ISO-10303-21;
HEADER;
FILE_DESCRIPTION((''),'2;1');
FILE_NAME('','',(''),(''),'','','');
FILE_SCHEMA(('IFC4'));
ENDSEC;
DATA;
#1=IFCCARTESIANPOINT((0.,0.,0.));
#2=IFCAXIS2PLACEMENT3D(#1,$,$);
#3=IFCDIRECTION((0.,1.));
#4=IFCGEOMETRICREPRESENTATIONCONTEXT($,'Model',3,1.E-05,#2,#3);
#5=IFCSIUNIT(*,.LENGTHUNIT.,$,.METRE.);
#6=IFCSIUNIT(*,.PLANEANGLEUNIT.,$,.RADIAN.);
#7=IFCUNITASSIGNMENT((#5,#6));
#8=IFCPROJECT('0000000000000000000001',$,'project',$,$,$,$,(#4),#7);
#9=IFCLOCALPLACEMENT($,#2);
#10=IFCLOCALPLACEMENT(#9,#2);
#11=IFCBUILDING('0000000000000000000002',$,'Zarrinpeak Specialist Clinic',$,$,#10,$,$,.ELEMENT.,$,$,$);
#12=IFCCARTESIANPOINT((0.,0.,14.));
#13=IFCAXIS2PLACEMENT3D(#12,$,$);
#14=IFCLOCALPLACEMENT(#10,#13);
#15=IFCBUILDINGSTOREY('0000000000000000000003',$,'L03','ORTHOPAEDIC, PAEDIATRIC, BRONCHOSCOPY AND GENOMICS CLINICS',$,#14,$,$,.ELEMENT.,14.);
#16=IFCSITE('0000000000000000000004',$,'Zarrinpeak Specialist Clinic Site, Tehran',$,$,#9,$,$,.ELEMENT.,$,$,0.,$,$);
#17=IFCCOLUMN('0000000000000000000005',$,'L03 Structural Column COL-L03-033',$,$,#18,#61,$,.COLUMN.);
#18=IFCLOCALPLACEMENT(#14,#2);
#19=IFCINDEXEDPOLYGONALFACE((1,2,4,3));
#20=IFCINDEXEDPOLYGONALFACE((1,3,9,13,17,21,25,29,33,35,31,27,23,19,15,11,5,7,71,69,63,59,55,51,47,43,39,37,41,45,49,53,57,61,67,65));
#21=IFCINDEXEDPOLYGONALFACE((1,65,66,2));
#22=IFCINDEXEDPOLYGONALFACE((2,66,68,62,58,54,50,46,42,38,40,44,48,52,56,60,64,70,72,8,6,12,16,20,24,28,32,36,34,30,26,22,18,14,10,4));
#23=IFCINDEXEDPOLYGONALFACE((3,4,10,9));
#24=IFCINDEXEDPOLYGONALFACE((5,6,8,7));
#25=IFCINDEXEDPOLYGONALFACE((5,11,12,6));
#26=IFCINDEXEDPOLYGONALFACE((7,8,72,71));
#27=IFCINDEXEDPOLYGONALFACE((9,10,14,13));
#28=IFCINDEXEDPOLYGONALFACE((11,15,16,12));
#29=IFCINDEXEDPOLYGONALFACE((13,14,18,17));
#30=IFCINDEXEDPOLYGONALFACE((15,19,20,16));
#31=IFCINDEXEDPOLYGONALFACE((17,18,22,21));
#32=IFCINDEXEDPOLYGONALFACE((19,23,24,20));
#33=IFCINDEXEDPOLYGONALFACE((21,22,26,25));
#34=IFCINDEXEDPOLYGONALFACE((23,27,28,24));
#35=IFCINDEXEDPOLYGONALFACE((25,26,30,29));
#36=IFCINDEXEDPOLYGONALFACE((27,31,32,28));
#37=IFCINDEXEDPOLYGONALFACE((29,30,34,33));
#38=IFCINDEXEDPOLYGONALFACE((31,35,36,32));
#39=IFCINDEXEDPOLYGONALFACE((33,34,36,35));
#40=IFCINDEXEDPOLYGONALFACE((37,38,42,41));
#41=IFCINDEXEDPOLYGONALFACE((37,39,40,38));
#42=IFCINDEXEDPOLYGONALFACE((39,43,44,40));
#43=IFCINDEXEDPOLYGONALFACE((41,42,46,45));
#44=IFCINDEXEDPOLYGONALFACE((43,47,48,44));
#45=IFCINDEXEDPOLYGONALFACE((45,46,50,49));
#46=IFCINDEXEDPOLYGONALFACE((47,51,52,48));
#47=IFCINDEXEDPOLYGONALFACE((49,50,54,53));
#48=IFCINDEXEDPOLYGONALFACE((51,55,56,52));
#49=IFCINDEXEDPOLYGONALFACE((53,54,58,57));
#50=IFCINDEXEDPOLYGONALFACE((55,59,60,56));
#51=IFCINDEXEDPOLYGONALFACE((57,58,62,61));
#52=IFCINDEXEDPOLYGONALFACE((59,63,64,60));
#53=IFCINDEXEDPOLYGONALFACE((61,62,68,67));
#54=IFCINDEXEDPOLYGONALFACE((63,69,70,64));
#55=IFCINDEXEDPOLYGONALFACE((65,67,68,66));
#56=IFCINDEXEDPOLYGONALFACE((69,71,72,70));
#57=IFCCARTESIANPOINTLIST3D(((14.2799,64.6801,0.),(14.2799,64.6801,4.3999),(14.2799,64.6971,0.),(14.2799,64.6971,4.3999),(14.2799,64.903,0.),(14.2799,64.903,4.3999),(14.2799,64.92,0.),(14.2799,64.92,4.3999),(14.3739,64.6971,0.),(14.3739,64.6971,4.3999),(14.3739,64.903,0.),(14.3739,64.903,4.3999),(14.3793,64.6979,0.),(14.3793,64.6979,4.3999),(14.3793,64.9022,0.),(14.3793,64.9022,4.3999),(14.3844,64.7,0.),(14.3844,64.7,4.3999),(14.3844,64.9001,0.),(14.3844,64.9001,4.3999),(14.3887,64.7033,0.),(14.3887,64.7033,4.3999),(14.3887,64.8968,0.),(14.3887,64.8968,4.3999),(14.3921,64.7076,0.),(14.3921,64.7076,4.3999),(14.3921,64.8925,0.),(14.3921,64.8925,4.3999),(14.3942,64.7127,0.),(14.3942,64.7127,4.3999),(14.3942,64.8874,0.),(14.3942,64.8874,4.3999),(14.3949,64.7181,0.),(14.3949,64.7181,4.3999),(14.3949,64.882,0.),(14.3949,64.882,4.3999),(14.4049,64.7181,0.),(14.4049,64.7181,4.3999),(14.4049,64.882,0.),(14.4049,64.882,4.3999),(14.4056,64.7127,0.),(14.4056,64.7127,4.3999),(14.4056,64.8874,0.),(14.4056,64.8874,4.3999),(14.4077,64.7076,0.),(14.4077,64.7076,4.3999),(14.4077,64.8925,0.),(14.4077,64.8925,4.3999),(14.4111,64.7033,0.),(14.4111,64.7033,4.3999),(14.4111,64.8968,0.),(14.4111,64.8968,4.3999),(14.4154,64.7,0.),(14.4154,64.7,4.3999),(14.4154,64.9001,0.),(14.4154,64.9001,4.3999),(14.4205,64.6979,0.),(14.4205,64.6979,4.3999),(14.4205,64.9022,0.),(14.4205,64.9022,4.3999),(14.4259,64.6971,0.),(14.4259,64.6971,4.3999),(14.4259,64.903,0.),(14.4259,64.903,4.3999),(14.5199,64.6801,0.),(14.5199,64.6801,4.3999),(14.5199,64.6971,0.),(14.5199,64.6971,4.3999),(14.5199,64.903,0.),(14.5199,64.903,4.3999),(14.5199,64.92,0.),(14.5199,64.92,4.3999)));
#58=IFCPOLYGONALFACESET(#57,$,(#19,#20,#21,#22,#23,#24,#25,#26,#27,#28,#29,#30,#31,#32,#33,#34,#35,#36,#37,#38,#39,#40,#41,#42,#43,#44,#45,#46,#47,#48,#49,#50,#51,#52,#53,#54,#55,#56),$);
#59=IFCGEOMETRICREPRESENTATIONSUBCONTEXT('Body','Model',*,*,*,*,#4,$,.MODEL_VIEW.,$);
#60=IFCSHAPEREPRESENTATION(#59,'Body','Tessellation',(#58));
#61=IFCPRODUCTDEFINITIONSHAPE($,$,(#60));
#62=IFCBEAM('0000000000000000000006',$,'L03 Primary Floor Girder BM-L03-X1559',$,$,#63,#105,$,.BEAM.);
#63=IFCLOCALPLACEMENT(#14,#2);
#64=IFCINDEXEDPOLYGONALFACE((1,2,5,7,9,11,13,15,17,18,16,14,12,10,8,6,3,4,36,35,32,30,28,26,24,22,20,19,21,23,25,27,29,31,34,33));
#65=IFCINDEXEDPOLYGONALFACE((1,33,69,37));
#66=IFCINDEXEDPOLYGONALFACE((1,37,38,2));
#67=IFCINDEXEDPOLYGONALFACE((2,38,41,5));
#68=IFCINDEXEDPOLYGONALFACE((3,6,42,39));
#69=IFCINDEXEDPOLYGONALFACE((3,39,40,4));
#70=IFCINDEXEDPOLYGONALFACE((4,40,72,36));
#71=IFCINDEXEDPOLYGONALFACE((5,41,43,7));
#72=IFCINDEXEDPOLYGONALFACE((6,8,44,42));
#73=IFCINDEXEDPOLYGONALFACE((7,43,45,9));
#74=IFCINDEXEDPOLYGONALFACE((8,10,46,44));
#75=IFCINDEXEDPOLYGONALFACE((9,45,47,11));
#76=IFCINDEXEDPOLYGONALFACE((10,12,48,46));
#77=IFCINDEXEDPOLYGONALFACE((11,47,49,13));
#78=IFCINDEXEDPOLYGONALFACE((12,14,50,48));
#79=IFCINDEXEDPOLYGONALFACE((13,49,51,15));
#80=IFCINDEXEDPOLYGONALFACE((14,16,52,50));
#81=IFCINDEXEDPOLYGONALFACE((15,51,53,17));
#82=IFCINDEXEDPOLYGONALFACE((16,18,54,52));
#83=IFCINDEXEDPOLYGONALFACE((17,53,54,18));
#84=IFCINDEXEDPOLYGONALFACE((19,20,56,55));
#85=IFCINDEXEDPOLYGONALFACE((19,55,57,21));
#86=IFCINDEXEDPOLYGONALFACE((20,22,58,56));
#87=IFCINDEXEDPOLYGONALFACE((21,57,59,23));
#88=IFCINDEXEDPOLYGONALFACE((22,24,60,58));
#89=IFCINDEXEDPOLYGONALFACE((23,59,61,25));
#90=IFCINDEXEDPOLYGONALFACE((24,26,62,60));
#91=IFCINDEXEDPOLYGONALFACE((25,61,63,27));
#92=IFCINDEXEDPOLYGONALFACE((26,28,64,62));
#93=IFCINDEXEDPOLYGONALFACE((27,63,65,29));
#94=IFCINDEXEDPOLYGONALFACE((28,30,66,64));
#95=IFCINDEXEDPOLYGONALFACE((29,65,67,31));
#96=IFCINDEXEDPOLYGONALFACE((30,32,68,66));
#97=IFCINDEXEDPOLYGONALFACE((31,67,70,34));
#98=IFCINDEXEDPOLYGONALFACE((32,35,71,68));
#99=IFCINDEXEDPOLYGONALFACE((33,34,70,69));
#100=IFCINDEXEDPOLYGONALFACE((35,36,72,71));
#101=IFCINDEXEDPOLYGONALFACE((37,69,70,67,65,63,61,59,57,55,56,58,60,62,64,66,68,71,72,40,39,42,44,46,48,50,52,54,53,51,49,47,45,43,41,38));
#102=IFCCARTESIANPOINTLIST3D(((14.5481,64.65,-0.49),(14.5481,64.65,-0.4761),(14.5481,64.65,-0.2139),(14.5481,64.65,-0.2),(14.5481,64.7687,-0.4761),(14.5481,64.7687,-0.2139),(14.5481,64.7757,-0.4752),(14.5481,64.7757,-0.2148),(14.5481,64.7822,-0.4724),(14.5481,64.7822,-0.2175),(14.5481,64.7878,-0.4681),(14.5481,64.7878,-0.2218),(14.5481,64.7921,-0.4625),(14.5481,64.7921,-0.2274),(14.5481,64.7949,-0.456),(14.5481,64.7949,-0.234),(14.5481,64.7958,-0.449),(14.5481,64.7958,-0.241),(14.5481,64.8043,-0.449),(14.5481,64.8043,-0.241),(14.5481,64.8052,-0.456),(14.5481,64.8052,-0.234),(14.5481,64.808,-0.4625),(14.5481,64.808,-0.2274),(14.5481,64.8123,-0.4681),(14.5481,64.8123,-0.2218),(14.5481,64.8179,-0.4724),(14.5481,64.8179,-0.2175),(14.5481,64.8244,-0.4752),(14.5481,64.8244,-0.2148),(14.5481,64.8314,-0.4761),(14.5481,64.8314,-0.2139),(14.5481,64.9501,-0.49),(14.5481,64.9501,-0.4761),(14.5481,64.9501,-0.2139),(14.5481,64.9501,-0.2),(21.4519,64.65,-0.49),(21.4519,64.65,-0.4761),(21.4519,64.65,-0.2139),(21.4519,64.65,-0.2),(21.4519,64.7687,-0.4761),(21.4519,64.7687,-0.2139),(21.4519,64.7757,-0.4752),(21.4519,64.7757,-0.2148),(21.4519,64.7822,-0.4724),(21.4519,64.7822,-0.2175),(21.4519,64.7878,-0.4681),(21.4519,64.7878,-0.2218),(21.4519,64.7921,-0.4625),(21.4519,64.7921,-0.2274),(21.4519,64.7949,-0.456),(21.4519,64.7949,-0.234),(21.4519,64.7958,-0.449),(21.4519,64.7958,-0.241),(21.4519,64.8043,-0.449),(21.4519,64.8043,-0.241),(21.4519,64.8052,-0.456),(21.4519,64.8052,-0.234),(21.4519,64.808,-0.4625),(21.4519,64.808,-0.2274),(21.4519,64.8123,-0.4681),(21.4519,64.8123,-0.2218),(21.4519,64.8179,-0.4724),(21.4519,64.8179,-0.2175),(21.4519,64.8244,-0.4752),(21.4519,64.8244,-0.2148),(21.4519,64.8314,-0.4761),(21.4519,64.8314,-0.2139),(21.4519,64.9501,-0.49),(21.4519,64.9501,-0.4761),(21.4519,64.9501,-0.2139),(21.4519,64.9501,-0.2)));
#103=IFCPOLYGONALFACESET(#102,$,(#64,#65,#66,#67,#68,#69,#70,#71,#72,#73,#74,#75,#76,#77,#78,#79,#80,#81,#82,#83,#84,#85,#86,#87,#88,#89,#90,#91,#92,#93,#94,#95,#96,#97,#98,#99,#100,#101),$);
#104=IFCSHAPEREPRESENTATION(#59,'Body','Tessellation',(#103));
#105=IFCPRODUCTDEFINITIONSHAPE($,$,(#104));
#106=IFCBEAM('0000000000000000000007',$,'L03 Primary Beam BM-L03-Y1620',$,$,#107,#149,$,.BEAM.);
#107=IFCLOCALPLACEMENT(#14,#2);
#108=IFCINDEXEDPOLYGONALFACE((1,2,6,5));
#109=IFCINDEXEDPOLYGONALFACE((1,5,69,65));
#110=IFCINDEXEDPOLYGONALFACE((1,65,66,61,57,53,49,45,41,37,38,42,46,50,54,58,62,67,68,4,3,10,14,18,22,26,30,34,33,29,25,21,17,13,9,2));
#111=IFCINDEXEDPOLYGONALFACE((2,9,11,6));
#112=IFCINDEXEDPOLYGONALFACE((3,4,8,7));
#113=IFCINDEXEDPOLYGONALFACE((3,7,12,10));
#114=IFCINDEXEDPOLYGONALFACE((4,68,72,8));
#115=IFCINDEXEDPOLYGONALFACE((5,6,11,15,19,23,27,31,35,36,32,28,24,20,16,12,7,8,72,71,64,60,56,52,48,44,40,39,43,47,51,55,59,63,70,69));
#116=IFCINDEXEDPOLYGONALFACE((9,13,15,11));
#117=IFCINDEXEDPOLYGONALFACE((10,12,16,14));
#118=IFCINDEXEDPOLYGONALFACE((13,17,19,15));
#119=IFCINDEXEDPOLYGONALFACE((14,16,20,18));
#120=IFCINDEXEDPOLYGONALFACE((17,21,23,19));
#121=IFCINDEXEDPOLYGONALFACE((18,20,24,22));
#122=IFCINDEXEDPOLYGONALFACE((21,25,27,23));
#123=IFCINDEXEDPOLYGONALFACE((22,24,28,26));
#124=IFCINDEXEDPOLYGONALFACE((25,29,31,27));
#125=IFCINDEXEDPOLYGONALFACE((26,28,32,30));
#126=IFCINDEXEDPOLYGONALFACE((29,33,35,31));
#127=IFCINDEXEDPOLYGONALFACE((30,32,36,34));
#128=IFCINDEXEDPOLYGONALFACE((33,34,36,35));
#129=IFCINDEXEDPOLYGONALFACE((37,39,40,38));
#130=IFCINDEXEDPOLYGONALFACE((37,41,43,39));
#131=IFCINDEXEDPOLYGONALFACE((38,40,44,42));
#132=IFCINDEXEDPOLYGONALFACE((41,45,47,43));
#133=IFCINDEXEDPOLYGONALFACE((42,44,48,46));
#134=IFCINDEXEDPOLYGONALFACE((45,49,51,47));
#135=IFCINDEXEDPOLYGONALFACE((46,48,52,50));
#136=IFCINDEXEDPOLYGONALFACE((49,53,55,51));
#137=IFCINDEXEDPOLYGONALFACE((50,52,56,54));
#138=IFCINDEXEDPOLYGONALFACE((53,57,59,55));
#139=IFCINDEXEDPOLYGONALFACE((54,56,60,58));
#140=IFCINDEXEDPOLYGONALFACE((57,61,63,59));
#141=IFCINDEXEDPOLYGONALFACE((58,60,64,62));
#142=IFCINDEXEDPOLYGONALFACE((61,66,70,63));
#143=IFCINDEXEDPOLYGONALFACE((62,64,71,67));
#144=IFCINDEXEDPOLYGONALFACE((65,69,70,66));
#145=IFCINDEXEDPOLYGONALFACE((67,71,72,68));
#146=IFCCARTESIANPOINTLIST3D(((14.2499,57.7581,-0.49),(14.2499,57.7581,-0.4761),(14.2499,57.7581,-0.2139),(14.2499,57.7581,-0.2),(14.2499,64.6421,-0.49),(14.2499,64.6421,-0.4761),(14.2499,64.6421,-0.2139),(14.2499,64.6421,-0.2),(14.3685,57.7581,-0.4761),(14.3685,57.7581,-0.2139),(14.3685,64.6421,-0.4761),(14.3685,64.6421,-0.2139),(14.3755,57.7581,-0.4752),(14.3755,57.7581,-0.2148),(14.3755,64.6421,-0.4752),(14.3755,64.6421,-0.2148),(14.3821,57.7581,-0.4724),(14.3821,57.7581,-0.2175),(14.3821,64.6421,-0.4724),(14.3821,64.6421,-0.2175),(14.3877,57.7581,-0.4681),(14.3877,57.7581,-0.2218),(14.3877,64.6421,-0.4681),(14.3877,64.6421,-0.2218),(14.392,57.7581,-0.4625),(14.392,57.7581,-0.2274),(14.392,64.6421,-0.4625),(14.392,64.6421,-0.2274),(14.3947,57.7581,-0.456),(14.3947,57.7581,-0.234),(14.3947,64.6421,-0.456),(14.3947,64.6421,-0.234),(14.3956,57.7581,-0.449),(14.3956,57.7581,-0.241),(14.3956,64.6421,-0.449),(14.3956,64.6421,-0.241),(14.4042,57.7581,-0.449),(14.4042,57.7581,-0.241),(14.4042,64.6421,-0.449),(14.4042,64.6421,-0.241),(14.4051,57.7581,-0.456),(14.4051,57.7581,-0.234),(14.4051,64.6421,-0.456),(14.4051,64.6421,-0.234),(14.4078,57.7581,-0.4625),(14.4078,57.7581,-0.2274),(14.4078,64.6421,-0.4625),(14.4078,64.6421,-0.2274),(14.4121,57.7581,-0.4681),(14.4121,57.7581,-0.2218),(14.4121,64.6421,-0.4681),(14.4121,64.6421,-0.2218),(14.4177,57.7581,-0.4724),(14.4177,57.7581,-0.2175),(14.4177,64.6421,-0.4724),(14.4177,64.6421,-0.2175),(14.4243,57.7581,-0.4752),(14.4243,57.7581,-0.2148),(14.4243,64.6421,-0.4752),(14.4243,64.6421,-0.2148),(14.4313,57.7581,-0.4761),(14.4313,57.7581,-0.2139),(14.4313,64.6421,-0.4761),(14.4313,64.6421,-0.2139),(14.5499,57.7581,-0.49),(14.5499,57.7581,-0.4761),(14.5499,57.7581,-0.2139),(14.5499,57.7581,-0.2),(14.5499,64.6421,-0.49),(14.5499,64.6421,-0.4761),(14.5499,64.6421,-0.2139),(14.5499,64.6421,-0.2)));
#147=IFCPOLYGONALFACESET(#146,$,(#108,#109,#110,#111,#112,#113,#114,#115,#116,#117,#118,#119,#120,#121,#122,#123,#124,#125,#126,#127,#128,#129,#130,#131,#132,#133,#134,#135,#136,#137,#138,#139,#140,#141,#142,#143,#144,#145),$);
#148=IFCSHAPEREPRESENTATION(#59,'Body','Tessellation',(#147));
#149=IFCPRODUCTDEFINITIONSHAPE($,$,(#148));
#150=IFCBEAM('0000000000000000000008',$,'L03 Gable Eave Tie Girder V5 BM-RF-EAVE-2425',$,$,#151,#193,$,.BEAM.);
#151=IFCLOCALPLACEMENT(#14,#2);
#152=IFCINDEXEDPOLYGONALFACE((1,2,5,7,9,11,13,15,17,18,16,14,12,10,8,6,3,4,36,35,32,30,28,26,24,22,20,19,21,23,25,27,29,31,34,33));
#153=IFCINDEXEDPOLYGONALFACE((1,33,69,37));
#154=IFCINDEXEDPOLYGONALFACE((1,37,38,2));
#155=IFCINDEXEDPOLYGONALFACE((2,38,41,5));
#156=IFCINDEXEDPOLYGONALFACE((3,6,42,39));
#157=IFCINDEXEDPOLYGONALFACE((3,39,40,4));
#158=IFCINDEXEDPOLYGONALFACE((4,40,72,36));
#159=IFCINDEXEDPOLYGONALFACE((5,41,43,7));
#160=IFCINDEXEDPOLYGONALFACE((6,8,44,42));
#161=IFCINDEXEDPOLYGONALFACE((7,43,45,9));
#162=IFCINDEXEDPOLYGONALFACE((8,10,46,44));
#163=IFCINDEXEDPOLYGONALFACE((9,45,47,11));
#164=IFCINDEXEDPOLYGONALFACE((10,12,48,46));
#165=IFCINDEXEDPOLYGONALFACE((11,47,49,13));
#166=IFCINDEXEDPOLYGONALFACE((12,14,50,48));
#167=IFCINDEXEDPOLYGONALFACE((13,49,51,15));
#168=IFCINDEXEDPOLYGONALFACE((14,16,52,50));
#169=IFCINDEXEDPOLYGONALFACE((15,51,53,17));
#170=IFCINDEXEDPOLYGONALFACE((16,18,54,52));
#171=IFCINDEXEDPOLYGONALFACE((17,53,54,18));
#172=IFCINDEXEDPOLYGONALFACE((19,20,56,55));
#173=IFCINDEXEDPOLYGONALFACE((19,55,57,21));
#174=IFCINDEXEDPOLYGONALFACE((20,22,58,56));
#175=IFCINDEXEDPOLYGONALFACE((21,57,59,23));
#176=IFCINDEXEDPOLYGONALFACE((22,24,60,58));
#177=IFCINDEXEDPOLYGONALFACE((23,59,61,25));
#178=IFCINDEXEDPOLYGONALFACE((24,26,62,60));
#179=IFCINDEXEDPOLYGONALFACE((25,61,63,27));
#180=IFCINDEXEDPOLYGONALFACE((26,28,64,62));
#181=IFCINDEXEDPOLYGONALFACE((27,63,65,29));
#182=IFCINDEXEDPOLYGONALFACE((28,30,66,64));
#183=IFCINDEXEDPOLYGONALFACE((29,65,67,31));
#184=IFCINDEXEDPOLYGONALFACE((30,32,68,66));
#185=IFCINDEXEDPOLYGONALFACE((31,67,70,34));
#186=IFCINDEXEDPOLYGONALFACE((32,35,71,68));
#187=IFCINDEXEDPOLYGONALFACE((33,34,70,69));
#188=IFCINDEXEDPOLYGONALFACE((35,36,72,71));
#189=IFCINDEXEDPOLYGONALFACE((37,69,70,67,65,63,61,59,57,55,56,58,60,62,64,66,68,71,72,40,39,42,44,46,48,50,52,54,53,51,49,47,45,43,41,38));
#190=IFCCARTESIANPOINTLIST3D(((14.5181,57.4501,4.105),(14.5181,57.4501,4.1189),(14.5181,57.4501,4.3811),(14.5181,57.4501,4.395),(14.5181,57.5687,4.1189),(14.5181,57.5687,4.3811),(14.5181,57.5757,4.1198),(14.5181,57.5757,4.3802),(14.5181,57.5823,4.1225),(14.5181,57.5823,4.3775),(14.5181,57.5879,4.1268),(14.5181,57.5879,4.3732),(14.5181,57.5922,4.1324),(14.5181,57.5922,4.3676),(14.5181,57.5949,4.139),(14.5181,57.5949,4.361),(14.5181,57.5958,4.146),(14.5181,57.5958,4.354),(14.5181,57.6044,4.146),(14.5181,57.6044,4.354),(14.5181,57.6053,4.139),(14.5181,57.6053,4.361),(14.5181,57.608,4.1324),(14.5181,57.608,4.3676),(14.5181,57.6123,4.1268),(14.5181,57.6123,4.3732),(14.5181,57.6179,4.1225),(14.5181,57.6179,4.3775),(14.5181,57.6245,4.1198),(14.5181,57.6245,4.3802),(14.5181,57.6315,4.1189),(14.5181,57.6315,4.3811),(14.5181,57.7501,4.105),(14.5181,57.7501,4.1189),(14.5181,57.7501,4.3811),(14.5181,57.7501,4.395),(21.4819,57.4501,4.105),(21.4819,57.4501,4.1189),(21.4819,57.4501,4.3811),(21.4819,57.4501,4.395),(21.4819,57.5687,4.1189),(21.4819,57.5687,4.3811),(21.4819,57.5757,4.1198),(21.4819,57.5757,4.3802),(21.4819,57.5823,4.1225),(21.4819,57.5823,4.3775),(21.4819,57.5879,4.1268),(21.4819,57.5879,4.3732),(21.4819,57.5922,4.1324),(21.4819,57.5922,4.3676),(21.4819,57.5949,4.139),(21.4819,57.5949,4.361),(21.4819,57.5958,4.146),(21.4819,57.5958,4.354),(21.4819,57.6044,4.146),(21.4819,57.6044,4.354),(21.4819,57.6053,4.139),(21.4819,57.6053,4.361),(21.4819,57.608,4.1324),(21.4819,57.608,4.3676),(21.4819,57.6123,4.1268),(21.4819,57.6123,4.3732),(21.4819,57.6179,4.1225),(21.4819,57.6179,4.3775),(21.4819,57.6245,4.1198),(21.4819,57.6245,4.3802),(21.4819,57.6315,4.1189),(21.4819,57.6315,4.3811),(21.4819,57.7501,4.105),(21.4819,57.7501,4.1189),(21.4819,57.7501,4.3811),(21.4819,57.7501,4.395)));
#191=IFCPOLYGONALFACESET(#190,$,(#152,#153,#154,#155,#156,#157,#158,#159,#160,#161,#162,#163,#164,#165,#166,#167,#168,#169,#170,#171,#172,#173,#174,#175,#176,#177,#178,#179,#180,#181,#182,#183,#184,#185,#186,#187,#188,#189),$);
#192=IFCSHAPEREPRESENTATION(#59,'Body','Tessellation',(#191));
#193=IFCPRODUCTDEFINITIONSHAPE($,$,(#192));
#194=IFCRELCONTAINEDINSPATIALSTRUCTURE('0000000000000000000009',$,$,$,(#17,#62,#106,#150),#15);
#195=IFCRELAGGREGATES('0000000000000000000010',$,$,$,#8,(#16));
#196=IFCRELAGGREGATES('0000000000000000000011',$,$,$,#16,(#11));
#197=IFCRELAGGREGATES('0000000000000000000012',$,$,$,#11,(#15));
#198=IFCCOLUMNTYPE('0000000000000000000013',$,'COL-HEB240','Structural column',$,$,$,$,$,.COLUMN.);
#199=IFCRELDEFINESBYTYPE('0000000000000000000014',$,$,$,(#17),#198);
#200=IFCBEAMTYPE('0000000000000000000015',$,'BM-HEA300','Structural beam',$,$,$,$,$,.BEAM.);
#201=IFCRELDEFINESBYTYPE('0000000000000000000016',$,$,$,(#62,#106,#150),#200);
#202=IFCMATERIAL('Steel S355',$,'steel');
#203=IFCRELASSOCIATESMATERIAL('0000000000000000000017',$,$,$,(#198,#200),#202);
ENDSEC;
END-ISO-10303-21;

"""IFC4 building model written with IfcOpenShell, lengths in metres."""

from ifc_helpers import new_model, si_unit, direction, frame, origin, origin_2d, place, context, subcontext, project, spatial, i_section, extrude, material, material_profile, profile_set, type_object, element, save


model = new_model("IFC4")

# Units and contexts
model_context = context("Model", 3, precision=1e-05, world=origin(), true_north=direction((0.0, 1.0)))
body_context = subcontext(model_context, "Body", "Model", "MODEL_VIEW")
ifc_project = project(units=[si_unit("LENGTHUNIT", "METRE"), si_unit("PLANEANGLEUNIT", "RADIAN")], contexts=[model_context])

# Site, building, storey
site_placement = place(None, origin())
site = spatial("IfcSite", under=ifc_project, at=site_placement, Name="Zarrinpeak Specialist Clinic Site, Tehran", CompositionType="ELEMENT", RefElevation=0.0)
building_placement = place(site_placement, origin())
building = spatial("IfcBuilding", under=site, at=building_placement, Name="Zarrinpeak Specialist Clinic", CompositionType="ELEMENT")
storey_placement = place(building_placement, frame((0.0, 0.0, 14.0)))
storey = spatial("IfcBuildingStorey", under=building, at=storey_placement, Name="L03", Description="ORTHOPAEDIC, PAEDIATRIC, BRONCHOSCOPY AND GENOMICS CLINICS", CompositionType="ELEMENT", Elevation=14.0)

# Column
ifc_material_1 = material(Name="Steel S355", Category="steel")
ifc_material_profile_1 = material_profile(ifc_material_1, i_section(OverallWidth=0.24, OverallDepth=0.24, WebThickness=0.01, FlangeThickness=0.0171, FilletRadius=0.021, at=origin_2d()), Name="HEB 240")
ifc_profile_set_1 = profile_set([ifc_material_profile_1], Name="Steel S355")
column_type = type_object("IfcColumnType", Name="COL-HEB240", Description="Structural column", PredefinedType="COLUMN", material=ifc_profile_set_1)
column_placement = place(storey_placement, frame((14.3999, 64.8, 0.0), z_axis=(0.0, 0.0, 1.0), x_axis=(1.0, 0.0, 0.0)))
element("IfcColumn", 1, at=column_placement, inside=storey, type_object=column_type, Name="L03 Structural Column COL-L03-033", PredefinedType="COLUMN", context=body_context, shape_type="SweptSolid", body=[
    extrude(i_section(OverallWidth=0.24, OverallDepth=0.24, WebThickness=0.01, FlangeThickness=0.0171, FilletRadius=0.021, at=origin_2d()), origin(), (0.0, 0.0, 1.0), 4.3999),
])

# Beams
ifc_material_profile_2 = material_profile(ifc_material_1, i_section(OverallWidth=0.3, OverallDepth=0.29, WebThickness=0.0085, FlangeThickness=0.0139, FilletRadius=0.0271, at=origin_2d()), Name="HEA 300")
ifc_profile_set_2 = profile_set([ifc_material_profile_2], Name="Steel S355")
beam_type_1 = type_object("IfcBeamType", Name="BM-HEA300", Description="Structural beam", PredefinedType="BEAM", material=ifc_profile_set_2)
beam_1_placement = place(storey_placement, frame((14.5481, 64.8, -0.345), z_axis=(1.0, 0.0, 0.0), x_axis=(0.0, 1.0, 0.0)))
element("IfcBeam", 2, at=beam_1_placement, inside=storey, type_object=beam_type_1, Name="L03 Primary Floor Girder BM-L03-X1559", PredefinedType="BEAM", context=body_context, shape_type="SweptSolid", body=[
    extrude(i_section(OverallWidth=0.3, OverallDepth=0.29, WebThickness=0.0085, FlangeThickness=0.0139, FilletRadius=0.0271, at=origin_2d()), origin(), (0.0, 0.0, 1.0), 6.9038),
])
beam_2_placement = place(storey_placement, frame((14.3999, 57.7581, -0.345), z_axis=(0.0, 1.0, 0.0), x_axis=(-1.0, 0.0, 0.0)))
element("IfcBeam", 3, at=beam_2_placement, inside=storey, type_object=beam_type_1, Name="L03 Primary Beam BM-L03-Y1620", PredefinedType="BEAM", context=body_context, shape_type="SweptSolid", body=[
    extrude(i_section(OverallWidth=0.3, OverallDepth=0.29, WebThickness=0.0085, FlangeThickness=0.0139, FilletRadius=0.0271, at=origin_2d()), origin(), (0.0, 0.0, 1.0), 6.884),
])
for number, where, z_axis, x_axis, name in (
    (4, (14.5181, 57.6001, 4.25), (1.0, 0.0, 0.0), (0.0, 1.0, 0.0), "L03 Gable Eave Tie Girder V5 BM-RF-EAVE-2425"),
):
    element("IfcBeam", number, at=place(storey_placement, frame(where, z_axis=z_axis, x_axis=x_axis)), inside=storey, type_object=beam_type_1, Name=name, PredefinedType="BEAM", context=body_context, shape_type="SweptSolid", body=[
        extrude(i_section(OverallWidth=0.3, OverallDepth=0.29, WebThickness=0.0085, FlangeThickness=0.0139, FilletRadius=0.0271, at=origin_2d()), origin(), (0.0, 0.0, 1.0), 6.9639),
    ])

save(model, "model.ifc")
